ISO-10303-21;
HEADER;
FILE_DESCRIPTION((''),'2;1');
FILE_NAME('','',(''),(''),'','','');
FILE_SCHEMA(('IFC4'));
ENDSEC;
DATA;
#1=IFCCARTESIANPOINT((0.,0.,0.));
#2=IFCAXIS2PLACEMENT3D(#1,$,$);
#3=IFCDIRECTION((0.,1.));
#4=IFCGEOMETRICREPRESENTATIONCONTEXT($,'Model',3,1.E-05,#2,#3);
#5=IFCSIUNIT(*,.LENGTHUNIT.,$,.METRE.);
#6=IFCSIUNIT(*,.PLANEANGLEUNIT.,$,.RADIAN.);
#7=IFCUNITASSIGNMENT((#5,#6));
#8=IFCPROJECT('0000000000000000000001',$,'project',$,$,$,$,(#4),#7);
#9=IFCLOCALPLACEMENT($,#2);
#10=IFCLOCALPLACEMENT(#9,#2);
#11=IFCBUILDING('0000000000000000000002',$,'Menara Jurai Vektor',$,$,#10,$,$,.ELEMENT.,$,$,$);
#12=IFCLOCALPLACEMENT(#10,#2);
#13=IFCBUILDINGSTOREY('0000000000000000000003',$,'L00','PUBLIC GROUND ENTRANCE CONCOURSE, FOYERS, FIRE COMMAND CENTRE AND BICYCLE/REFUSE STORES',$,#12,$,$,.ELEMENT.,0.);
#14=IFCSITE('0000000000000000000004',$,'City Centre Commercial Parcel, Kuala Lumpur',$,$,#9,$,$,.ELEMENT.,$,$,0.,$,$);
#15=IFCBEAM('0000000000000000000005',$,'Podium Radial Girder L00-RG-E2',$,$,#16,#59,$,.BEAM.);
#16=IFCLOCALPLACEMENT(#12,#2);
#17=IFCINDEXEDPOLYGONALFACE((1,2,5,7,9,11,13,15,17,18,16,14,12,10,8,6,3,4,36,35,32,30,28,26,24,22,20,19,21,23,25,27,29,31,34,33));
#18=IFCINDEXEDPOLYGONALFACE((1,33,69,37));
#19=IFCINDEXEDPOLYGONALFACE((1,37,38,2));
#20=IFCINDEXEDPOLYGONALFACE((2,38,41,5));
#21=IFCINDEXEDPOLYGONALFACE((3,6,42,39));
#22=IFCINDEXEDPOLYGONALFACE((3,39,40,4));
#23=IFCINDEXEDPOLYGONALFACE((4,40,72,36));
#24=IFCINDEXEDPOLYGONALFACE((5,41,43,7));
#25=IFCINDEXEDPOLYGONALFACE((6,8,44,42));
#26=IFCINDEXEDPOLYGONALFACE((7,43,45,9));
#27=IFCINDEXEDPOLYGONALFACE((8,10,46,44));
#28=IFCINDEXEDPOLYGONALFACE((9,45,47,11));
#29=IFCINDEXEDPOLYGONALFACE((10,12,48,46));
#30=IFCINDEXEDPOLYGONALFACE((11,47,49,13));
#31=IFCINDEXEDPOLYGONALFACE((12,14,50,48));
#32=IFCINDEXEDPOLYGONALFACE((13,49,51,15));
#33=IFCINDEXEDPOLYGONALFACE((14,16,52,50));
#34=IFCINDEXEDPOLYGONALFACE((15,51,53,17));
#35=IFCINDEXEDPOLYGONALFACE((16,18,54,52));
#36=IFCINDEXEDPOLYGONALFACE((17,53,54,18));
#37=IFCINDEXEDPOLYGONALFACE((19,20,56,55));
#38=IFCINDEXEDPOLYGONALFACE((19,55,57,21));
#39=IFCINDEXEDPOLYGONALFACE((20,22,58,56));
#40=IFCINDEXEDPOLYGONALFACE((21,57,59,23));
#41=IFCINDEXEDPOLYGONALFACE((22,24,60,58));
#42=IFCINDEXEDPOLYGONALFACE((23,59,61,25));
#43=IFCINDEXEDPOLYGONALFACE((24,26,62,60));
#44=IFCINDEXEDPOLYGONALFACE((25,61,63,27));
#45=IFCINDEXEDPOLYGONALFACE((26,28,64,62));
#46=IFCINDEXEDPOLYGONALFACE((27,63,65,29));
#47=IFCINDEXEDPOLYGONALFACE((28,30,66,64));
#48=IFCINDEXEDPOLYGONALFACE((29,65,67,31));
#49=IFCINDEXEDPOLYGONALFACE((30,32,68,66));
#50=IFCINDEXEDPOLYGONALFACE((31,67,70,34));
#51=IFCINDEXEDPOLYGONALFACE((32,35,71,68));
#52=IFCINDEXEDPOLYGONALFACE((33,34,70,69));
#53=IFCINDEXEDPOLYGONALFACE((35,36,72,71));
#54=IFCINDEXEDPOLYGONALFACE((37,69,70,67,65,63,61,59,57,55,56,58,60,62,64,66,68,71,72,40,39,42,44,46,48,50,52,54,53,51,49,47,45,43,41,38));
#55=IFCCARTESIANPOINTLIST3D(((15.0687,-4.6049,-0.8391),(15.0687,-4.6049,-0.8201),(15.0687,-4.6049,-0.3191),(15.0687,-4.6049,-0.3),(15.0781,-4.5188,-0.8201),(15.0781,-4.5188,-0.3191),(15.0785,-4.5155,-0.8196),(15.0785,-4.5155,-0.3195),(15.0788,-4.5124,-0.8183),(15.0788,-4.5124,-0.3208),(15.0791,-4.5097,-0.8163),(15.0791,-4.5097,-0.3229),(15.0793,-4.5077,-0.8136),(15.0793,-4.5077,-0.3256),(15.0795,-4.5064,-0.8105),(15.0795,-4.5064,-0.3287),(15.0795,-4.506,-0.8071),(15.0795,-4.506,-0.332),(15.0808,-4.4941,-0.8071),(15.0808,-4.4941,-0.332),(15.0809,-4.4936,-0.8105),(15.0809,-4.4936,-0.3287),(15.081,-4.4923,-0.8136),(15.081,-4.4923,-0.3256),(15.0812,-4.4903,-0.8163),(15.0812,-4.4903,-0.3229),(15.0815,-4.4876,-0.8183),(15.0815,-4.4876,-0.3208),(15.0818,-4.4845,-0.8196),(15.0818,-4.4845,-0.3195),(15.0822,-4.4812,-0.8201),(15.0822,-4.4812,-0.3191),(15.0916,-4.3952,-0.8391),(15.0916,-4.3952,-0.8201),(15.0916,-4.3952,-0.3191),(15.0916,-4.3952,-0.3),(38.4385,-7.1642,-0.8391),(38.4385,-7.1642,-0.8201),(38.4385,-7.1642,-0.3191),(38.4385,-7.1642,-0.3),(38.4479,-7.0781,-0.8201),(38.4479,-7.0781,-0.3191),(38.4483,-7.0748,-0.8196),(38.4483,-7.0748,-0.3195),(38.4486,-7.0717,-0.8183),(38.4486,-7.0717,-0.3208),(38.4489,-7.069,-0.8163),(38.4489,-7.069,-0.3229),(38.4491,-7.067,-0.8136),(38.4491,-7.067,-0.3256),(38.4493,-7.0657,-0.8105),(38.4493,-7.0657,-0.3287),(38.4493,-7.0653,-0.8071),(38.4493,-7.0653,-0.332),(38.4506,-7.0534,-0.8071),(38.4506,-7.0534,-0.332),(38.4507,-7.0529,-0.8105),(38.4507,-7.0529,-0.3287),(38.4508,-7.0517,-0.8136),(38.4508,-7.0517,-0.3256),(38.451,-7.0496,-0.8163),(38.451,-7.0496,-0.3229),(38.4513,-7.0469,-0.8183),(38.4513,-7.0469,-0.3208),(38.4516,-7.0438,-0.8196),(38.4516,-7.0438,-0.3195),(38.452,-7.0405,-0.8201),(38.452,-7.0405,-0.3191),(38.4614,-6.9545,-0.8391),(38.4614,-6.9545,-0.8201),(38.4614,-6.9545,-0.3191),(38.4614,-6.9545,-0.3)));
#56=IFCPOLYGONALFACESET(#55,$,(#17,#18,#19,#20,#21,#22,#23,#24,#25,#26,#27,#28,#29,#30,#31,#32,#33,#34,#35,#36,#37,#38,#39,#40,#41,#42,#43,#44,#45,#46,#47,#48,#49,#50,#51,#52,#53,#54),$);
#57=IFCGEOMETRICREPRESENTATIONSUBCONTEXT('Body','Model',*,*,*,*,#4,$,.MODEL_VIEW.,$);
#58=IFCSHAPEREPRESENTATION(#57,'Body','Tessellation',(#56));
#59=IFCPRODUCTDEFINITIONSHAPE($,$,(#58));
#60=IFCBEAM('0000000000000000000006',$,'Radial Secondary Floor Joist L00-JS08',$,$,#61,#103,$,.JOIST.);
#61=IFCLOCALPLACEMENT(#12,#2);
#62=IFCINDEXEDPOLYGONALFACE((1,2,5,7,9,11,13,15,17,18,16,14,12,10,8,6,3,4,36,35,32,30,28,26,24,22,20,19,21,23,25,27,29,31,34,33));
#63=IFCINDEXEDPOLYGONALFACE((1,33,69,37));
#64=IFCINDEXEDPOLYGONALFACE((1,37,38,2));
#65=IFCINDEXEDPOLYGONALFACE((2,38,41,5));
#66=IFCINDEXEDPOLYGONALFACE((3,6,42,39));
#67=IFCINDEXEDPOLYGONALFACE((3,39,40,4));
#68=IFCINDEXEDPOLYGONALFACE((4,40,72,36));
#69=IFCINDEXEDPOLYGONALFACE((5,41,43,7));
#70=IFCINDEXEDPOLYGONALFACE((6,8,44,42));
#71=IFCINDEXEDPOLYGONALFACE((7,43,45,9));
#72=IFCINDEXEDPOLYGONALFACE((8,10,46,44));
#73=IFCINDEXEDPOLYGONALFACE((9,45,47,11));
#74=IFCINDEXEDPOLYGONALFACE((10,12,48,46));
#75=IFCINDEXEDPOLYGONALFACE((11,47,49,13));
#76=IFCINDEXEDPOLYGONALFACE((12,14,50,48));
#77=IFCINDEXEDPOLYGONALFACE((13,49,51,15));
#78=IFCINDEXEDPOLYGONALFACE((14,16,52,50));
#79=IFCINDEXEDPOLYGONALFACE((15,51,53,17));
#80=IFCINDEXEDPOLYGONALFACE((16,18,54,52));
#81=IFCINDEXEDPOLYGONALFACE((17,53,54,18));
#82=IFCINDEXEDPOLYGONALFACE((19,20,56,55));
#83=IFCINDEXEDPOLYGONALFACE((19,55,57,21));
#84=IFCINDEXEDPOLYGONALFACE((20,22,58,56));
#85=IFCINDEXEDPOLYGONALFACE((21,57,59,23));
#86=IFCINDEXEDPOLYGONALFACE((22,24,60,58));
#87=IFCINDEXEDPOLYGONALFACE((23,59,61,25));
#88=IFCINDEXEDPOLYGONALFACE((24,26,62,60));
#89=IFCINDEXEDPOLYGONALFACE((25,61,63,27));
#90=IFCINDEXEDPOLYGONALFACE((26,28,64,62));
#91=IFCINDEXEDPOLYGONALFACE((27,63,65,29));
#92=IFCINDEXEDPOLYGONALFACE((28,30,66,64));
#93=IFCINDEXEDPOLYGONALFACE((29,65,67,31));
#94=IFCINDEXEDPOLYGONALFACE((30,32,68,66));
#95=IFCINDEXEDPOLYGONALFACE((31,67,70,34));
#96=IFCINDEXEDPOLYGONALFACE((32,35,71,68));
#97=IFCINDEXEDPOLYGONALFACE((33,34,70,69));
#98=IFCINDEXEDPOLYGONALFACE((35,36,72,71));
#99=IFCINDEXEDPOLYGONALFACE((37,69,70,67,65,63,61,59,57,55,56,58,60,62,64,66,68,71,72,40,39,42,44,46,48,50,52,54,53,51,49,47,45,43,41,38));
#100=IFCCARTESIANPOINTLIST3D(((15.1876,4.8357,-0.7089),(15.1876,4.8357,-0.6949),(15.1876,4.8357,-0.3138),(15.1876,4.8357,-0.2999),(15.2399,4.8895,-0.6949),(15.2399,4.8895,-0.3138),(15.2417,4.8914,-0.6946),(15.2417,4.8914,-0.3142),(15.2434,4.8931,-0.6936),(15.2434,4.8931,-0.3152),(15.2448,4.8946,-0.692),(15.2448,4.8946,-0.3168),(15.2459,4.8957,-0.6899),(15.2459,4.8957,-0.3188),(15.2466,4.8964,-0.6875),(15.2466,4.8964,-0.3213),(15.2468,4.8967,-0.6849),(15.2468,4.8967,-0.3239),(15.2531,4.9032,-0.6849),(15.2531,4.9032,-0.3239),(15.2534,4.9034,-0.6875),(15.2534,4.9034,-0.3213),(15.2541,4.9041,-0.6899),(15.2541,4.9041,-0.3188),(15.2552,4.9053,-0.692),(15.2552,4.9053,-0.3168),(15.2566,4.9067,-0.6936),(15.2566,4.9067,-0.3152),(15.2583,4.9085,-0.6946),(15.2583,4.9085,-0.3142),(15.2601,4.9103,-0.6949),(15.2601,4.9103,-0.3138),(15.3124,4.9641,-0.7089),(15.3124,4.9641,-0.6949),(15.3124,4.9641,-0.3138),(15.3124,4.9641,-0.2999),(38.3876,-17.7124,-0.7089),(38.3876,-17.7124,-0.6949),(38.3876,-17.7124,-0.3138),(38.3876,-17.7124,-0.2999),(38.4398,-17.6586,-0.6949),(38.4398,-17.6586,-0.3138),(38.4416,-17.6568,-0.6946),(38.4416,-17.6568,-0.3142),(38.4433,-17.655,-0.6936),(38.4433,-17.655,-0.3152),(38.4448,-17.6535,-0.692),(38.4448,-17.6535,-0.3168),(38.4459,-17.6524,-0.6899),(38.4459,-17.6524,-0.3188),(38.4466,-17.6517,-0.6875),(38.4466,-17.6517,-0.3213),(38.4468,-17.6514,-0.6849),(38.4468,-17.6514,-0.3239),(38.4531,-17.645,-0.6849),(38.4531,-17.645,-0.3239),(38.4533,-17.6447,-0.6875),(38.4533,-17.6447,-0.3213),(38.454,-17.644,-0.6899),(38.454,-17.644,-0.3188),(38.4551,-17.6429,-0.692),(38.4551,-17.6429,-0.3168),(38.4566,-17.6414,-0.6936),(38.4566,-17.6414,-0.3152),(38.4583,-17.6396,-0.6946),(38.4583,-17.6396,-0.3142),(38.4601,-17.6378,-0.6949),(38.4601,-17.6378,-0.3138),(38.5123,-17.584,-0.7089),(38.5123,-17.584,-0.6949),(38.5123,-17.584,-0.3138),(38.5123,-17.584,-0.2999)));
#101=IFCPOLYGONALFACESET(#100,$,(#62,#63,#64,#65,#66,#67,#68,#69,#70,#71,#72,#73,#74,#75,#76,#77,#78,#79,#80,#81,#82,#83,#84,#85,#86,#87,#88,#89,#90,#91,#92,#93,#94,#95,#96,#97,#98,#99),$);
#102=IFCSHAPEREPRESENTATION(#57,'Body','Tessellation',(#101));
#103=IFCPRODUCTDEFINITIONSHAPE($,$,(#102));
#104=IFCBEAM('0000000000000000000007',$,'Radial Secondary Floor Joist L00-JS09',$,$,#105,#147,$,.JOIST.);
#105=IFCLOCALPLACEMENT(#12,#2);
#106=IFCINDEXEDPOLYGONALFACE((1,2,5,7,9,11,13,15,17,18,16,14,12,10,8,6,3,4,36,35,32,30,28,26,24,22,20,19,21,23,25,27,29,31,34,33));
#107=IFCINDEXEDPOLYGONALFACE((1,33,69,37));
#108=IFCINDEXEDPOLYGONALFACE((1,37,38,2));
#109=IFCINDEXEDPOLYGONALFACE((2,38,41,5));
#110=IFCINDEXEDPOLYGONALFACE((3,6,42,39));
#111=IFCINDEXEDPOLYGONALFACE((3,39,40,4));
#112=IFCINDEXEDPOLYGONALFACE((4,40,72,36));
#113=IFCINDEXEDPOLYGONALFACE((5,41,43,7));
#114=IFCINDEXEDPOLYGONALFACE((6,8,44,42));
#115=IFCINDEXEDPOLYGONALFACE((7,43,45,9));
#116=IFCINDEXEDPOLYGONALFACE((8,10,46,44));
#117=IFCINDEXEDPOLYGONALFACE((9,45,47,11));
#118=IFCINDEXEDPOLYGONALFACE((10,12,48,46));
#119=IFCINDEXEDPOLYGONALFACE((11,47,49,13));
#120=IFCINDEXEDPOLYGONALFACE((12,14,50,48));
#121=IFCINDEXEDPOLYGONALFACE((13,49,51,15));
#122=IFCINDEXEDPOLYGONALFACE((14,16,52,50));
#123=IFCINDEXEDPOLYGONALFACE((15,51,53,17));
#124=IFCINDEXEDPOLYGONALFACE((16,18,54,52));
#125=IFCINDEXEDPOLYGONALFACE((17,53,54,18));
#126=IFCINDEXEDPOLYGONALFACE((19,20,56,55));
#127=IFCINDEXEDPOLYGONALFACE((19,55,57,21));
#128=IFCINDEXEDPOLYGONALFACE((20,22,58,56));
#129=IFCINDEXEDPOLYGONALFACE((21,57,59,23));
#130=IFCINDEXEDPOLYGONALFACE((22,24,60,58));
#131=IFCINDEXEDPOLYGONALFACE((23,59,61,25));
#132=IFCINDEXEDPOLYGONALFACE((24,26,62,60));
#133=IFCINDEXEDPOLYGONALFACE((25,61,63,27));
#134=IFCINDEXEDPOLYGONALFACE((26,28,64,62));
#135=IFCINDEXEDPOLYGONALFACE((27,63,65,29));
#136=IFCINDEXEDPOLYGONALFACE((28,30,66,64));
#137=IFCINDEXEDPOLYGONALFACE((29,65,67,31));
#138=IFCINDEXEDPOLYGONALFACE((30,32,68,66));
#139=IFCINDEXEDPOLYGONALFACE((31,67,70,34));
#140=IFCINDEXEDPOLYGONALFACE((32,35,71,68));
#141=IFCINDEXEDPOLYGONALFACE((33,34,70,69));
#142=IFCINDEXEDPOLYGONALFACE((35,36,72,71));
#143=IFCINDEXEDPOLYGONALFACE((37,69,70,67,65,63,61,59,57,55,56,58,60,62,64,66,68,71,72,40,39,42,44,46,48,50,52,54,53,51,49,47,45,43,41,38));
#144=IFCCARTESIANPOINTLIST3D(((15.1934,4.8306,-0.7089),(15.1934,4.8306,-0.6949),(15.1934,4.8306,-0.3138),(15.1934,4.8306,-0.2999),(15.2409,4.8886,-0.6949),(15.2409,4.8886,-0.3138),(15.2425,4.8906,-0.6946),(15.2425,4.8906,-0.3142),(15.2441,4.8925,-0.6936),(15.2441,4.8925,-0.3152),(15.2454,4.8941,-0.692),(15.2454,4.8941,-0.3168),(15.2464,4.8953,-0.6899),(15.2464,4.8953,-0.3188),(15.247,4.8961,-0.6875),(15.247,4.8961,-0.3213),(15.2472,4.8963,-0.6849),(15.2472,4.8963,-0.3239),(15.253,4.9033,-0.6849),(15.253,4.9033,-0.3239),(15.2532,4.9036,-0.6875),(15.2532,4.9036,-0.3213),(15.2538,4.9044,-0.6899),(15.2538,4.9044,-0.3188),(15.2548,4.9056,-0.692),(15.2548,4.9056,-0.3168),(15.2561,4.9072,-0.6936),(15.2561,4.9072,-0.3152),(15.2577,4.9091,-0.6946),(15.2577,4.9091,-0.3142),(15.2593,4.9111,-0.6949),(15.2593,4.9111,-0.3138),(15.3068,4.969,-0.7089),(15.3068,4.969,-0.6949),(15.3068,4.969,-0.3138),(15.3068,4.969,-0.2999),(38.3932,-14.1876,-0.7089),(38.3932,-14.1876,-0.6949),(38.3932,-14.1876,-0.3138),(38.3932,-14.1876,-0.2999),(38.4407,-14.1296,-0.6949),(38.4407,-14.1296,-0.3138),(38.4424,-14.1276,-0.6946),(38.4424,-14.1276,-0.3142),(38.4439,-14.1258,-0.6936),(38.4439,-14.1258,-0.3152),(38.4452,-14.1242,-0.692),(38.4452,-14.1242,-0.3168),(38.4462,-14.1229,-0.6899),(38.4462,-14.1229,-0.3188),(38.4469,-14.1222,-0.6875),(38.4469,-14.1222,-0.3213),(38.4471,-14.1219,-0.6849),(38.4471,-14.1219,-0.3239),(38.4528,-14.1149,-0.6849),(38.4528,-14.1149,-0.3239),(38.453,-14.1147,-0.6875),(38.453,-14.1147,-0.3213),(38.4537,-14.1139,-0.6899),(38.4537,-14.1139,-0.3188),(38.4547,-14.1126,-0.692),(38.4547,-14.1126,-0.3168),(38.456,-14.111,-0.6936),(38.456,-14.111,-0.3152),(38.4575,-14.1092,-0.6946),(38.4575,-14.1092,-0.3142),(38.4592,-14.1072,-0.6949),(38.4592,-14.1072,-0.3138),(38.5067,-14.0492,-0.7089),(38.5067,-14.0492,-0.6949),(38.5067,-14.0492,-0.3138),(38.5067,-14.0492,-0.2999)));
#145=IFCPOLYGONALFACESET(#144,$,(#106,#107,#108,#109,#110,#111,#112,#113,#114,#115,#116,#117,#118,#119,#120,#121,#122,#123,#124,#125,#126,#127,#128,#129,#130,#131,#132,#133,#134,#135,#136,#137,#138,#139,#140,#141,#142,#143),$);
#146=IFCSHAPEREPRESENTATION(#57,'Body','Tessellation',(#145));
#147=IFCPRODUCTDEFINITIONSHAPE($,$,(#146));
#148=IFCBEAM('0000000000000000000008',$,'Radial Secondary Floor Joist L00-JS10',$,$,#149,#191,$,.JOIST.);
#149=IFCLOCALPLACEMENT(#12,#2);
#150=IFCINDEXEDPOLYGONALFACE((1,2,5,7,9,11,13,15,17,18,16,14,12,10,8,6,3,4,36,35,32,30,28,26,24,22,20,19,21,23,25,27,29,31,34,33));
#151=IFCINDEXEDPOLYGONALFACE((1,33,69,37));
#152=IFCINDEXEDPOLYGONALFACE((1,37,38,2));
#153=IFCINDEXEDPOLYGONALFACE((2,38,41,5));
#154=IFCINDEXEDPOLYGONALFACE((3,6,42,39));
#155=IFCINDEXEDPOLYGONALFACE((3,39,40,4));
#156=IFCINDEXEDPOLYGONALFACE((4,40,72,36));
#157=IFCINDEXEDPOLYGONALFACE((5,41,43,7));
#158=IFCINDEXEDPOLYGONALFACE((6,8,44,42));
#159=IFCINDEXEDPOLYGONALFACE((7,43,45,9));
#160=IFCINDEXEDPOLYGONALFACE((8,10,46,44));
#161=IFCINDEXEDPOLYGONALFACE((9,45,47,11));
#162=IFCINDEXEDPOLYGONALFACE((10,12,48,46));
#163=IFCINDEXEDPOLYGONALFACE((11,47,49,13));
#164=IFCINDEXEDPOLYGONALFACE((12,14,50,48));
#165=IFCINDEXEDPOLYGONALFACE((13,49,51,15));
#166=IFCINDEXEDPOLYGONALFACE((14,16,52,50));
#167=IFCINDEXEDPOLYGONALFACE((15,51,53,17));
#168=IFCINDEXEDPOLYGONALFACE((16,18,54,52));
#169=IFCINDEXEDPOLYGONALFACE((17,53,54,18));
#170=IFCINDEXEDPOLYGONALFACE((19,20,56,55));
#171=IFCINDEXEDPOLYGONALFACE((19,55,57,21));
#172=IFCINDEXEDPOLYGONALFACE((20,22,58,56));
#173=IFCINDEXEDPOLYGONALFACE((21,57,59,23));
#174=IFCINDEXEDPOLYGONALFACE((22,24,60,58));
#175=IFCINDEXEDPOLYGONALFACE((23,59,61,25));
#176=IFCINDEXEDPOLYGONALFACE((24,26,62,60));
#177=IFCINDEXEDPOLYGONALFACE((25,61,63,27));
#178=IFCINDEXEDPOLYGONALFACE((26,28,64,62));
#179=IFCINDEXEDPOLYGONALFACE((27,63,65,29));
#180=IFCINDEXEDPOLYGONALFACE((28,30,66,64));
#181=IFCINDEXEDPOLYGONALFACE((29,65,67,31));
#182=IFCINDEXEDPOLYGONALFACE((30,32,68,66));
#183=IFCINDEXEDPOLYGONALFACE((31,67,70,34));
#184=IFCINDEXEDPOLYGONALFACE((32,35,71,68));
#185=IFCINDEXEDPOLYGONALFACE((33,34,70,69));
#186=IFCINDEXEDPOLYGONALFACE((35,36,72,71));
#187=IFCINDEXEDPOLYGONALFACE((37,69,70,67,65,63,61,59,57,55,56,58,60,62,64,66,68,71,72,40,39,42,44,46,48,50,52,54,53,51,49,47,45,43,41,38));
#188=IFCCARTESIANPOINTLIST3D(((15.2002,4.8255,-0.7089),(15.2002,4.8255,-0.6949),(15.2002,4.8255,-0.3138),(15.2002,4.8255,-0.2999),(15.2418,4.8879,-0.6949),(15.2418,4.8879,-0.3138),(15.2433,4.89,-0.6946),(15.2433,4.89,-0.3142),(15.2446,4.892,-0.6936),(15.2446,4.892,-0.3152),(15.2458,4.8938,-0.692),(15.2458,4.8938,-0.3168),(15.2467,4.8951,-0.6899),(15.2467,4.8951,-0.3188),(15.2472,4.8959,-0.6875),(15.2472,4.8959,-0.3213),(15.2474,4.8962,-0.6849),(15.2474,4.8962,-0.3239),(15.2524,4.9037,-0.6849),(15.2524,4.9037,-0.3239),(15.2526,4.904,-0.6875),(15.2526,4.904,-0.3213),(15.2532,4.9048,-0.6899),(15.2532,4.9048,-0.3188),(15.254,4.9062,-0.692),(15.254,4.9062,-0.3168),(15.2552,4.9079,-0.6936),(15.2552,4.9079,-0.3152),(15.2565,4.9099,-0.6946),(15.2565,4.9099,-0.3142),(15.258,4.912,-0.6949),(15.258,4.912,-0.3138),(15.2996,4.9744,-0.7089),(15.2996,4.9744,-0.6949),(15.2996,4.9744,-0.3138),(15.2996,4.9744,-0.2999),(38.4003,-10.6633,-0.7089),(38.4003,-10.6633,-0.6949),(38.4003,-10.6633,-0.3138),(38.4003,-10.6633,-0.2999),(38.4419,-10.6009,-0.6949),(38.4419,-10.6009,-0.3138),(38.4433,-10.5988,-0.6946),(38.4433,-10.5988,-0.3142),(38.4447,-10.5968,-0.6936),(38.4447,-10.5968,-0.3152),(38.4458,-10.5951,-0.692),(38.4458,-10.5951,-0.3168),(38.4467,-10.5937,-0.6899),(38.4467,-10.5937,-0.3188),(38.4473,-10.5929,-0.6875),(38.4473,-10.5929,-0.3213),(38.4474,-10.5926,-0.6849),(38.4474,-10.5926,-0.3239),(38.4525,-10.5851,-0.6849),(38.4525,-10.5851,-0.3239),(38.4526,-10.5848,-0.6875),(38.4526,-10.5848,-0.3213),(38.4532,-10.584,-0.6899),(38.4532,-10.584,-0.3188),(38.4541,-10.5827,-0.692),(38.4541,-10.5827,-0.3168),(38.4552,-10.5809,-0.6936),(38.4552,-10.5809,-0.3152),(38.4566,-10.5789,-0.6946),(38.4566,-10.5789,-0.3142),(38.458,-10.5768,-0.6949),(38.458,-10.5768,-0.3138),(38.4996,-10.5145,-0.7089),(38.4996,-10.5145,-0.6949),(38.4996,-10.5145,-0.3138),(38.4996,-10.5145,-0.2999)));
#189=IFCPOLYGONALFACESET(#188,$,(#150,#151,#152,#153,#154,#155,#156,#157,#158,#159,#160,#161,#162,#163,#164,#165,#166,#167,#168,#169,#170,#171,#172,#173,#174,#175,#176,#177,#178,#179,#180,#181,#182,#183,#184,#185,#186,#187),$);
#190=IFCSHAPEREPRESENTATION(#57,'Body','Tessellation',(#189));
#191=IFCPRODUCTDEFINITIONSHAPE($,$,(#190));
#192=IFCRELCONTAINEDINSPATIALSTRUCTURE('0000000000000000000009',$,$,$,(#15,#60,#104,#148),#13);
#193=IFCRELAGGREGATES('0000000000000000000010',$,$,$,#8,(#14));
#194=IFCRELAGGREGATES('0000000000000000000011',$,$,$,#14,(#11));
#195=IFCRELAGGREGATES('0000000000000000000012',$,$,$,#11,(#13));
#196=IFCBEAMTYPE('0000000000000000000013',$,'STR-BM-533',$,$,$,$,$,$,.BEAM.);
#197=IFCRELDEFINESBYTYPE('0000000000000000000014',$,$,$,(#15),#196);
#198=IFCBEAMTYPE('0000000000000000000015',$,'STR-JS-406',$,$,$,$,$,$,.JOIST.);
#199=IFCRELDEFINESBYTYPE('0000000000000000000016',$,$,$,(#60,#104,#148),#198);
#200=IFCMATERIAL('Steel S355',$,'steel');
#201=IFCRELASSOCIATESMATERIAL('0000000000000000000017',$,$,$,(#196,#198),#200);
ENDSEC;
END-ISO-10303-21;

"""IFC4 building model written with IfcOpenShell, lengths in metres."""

from ifc_helpers import new_model, si_unit, direction, frame, origin, origin_2d, place, context, subcontext, project, spatial, i_section, extrude, material, material_profile, profile_set, type_object, element, save


model = new_model("IFC4")

# Units and contexts
model_context = context("Model", 3, precision=1e-05, world=origin(), true_north=direction((0.0, 1.0)))
body_context = subcontext(model_context, "Body", "Model", "MODEL_VIEW")
ifc_project = project(units=[si_unit("LENGTHUNIT", "METRE"), si_unit("PLANEANGLEUNIT", "RADIAN")], contexts=[model_context])

# Site, building, storey
site_placement = place(None, origin())
site = spatial("IfcSite", under=ifc_project, at=site_placement, Name="City Centre Commercial Parcel, Kuala Lumpur", CompositionType="ELEMENT", RefElevation=0.0)
building_placement = place(site_placement, origin())
building = spatial("IfcBuilding", under=site, at=building_placement, Name="Menara Jurai Vektor", CompositionType="ELEMENT")
storey_placement = place(building_placement, origin())
storey = spatial("IfcBuildingStorey", under=building, at=storey_placement, Name="L00", Description="PUBLIC GROUND ENTRANCE CONCOURSE, FOYERS, FIRE COMMAND CENTRE AND BICYCLE/REFUSE STORES", CompositionType="ELEMENT", Elevation=0.0)

# Shared definitions
ifc_material_1 = material(Name="Steel S355", Category="steel")

# Beams
ifc_material_profile_1 = material_profile(ifc_material_1, i_section(OverallWidth=0.2109, OverallDepth=0.5391, WebThickness=0.012, FlangeThickness=0.019, FilletRadius=0.0129, at=origin_2d()), Name="UKB 533x210x109")
ifc_profile_set_1 = profile_set([ifc_material_profile_1], Name="Steel S355")
beam_type_1 = type_object("IfcBeamType", Name="STR-BM-533", PredefinedType="BEAM", material=ifc_profile_set_1)
beam_1_placement = place(storey_placement, frame((38.45, -7.0593, -0.5696), z_axis=(-0.994057, 0.108863, 0.0), x_axis=(-0.108863, -0.994057, 0.0)))
element("IfcBeam", 1, at=beam_1_placement, inside=storey, type_object=beam_type_1, Name="Podium Radial Girder L00-RG-E2", PredefinedType="BEAM", context=body_context, shape_type="SweptSolid", body=[
    extrude(i_section(OverallWidth=0.2109, OverallDepth=0.5391, WebThickness=0.012, FlangeThickness=0.019, FilletRadius=0.0129, at=origin_2d()), origin(), (0.0, 0.0, 1.0), 23.5095),
])
ifc_material_profile_2 = material_profile(ifc_material_1, i_section(OverallWidth=0.179, OverallDepth=0.4089, WebThickness=0.009, FlangeThickness=0.0139, FilletRadius=0.01, at=origin_2d()), Name="UKB 406x178x67")
ifc_profile_set_2 = profile_set([ifc_material_profile_2], Name="Steel S355")
beam_type_2 = type_object("IfcBeamType", Name="STR-JS-406", PredefinedType="JOIST", material=ifc_profile_set_2)
beam_2_placement = place(storey_placement, frame((38.45, -17.6482, -0.5044), z_axis=(-0.717109, 0.696961, 0.0), x_axis=(-0.696961, -0.717109, 0.0)))
element("IfcBeam", 2, at=beam_2_placement, inside=storey, type_object=beam_type_2, Name="Radial Secondary Floor Joist L00-JS08", PredefinedType="JOIST", context=body_context, shape_type="SweptSolid", body=[
    extrude(i_section(OverallWidth=0.179, OverallDepth=0.4089, WebThickness=0.009, FlangeThickness=0.0139, FilletRadius=0.01, at=origin_2d()), origin(), (0.0, 0.0, 1.0), 32.3521),
])
beam_3_placement = place(storey_placement, frame((38.45, -14.1184, -0.5044), z_axis=(-0.77336, 0.633967, 0.0), x_axis=(-0.633967, -0.77336, 0.0)))
element("IfcBeam", 3, at=beam_3_placement, inside=storey, type_object=beam_type_2, Name="Radial Secondary Floor Joist L00-JS09", PredefinedType="JOIST", context=body_context, shape_type="SweptSolid", body=[
    extrude(i_section(OverallWidth=0.179, OverallDepth=0.4089, WebThickness=0.009, FlangeThickness=0.0139, FilletRadius=0.01, at=origin_2d()), origin(), (0.0, 0.0, 1.0), 29.9988),
])
beam_4_placement = place(storey_placement, frame((38.45, -10.5889, -0.5044), z_axis=(-0.831684, 0.555249, 0.0), x_axis=(-0.555249, -0.831684, 0.0)))
element("IfcBeam", 4, at=beam_4_placement, inside=storey, type_object=beam_type_2, Name="Radial Secondary Floor Joist L00-JS10", PredefinedType="JOIST", context=body_context, shape_type="SweptSolid", body=[
    extrude(i_section(OverallWidth=0.179, OverallDepth=0.4089, WebThickness=0.009, FlangeThickness=0.0139, FilletRadius=0.01, at=origin_2d()), origin(), (0.0, 0.0, 1.0), 27.8953),
])

save(model, "model.ifc")
